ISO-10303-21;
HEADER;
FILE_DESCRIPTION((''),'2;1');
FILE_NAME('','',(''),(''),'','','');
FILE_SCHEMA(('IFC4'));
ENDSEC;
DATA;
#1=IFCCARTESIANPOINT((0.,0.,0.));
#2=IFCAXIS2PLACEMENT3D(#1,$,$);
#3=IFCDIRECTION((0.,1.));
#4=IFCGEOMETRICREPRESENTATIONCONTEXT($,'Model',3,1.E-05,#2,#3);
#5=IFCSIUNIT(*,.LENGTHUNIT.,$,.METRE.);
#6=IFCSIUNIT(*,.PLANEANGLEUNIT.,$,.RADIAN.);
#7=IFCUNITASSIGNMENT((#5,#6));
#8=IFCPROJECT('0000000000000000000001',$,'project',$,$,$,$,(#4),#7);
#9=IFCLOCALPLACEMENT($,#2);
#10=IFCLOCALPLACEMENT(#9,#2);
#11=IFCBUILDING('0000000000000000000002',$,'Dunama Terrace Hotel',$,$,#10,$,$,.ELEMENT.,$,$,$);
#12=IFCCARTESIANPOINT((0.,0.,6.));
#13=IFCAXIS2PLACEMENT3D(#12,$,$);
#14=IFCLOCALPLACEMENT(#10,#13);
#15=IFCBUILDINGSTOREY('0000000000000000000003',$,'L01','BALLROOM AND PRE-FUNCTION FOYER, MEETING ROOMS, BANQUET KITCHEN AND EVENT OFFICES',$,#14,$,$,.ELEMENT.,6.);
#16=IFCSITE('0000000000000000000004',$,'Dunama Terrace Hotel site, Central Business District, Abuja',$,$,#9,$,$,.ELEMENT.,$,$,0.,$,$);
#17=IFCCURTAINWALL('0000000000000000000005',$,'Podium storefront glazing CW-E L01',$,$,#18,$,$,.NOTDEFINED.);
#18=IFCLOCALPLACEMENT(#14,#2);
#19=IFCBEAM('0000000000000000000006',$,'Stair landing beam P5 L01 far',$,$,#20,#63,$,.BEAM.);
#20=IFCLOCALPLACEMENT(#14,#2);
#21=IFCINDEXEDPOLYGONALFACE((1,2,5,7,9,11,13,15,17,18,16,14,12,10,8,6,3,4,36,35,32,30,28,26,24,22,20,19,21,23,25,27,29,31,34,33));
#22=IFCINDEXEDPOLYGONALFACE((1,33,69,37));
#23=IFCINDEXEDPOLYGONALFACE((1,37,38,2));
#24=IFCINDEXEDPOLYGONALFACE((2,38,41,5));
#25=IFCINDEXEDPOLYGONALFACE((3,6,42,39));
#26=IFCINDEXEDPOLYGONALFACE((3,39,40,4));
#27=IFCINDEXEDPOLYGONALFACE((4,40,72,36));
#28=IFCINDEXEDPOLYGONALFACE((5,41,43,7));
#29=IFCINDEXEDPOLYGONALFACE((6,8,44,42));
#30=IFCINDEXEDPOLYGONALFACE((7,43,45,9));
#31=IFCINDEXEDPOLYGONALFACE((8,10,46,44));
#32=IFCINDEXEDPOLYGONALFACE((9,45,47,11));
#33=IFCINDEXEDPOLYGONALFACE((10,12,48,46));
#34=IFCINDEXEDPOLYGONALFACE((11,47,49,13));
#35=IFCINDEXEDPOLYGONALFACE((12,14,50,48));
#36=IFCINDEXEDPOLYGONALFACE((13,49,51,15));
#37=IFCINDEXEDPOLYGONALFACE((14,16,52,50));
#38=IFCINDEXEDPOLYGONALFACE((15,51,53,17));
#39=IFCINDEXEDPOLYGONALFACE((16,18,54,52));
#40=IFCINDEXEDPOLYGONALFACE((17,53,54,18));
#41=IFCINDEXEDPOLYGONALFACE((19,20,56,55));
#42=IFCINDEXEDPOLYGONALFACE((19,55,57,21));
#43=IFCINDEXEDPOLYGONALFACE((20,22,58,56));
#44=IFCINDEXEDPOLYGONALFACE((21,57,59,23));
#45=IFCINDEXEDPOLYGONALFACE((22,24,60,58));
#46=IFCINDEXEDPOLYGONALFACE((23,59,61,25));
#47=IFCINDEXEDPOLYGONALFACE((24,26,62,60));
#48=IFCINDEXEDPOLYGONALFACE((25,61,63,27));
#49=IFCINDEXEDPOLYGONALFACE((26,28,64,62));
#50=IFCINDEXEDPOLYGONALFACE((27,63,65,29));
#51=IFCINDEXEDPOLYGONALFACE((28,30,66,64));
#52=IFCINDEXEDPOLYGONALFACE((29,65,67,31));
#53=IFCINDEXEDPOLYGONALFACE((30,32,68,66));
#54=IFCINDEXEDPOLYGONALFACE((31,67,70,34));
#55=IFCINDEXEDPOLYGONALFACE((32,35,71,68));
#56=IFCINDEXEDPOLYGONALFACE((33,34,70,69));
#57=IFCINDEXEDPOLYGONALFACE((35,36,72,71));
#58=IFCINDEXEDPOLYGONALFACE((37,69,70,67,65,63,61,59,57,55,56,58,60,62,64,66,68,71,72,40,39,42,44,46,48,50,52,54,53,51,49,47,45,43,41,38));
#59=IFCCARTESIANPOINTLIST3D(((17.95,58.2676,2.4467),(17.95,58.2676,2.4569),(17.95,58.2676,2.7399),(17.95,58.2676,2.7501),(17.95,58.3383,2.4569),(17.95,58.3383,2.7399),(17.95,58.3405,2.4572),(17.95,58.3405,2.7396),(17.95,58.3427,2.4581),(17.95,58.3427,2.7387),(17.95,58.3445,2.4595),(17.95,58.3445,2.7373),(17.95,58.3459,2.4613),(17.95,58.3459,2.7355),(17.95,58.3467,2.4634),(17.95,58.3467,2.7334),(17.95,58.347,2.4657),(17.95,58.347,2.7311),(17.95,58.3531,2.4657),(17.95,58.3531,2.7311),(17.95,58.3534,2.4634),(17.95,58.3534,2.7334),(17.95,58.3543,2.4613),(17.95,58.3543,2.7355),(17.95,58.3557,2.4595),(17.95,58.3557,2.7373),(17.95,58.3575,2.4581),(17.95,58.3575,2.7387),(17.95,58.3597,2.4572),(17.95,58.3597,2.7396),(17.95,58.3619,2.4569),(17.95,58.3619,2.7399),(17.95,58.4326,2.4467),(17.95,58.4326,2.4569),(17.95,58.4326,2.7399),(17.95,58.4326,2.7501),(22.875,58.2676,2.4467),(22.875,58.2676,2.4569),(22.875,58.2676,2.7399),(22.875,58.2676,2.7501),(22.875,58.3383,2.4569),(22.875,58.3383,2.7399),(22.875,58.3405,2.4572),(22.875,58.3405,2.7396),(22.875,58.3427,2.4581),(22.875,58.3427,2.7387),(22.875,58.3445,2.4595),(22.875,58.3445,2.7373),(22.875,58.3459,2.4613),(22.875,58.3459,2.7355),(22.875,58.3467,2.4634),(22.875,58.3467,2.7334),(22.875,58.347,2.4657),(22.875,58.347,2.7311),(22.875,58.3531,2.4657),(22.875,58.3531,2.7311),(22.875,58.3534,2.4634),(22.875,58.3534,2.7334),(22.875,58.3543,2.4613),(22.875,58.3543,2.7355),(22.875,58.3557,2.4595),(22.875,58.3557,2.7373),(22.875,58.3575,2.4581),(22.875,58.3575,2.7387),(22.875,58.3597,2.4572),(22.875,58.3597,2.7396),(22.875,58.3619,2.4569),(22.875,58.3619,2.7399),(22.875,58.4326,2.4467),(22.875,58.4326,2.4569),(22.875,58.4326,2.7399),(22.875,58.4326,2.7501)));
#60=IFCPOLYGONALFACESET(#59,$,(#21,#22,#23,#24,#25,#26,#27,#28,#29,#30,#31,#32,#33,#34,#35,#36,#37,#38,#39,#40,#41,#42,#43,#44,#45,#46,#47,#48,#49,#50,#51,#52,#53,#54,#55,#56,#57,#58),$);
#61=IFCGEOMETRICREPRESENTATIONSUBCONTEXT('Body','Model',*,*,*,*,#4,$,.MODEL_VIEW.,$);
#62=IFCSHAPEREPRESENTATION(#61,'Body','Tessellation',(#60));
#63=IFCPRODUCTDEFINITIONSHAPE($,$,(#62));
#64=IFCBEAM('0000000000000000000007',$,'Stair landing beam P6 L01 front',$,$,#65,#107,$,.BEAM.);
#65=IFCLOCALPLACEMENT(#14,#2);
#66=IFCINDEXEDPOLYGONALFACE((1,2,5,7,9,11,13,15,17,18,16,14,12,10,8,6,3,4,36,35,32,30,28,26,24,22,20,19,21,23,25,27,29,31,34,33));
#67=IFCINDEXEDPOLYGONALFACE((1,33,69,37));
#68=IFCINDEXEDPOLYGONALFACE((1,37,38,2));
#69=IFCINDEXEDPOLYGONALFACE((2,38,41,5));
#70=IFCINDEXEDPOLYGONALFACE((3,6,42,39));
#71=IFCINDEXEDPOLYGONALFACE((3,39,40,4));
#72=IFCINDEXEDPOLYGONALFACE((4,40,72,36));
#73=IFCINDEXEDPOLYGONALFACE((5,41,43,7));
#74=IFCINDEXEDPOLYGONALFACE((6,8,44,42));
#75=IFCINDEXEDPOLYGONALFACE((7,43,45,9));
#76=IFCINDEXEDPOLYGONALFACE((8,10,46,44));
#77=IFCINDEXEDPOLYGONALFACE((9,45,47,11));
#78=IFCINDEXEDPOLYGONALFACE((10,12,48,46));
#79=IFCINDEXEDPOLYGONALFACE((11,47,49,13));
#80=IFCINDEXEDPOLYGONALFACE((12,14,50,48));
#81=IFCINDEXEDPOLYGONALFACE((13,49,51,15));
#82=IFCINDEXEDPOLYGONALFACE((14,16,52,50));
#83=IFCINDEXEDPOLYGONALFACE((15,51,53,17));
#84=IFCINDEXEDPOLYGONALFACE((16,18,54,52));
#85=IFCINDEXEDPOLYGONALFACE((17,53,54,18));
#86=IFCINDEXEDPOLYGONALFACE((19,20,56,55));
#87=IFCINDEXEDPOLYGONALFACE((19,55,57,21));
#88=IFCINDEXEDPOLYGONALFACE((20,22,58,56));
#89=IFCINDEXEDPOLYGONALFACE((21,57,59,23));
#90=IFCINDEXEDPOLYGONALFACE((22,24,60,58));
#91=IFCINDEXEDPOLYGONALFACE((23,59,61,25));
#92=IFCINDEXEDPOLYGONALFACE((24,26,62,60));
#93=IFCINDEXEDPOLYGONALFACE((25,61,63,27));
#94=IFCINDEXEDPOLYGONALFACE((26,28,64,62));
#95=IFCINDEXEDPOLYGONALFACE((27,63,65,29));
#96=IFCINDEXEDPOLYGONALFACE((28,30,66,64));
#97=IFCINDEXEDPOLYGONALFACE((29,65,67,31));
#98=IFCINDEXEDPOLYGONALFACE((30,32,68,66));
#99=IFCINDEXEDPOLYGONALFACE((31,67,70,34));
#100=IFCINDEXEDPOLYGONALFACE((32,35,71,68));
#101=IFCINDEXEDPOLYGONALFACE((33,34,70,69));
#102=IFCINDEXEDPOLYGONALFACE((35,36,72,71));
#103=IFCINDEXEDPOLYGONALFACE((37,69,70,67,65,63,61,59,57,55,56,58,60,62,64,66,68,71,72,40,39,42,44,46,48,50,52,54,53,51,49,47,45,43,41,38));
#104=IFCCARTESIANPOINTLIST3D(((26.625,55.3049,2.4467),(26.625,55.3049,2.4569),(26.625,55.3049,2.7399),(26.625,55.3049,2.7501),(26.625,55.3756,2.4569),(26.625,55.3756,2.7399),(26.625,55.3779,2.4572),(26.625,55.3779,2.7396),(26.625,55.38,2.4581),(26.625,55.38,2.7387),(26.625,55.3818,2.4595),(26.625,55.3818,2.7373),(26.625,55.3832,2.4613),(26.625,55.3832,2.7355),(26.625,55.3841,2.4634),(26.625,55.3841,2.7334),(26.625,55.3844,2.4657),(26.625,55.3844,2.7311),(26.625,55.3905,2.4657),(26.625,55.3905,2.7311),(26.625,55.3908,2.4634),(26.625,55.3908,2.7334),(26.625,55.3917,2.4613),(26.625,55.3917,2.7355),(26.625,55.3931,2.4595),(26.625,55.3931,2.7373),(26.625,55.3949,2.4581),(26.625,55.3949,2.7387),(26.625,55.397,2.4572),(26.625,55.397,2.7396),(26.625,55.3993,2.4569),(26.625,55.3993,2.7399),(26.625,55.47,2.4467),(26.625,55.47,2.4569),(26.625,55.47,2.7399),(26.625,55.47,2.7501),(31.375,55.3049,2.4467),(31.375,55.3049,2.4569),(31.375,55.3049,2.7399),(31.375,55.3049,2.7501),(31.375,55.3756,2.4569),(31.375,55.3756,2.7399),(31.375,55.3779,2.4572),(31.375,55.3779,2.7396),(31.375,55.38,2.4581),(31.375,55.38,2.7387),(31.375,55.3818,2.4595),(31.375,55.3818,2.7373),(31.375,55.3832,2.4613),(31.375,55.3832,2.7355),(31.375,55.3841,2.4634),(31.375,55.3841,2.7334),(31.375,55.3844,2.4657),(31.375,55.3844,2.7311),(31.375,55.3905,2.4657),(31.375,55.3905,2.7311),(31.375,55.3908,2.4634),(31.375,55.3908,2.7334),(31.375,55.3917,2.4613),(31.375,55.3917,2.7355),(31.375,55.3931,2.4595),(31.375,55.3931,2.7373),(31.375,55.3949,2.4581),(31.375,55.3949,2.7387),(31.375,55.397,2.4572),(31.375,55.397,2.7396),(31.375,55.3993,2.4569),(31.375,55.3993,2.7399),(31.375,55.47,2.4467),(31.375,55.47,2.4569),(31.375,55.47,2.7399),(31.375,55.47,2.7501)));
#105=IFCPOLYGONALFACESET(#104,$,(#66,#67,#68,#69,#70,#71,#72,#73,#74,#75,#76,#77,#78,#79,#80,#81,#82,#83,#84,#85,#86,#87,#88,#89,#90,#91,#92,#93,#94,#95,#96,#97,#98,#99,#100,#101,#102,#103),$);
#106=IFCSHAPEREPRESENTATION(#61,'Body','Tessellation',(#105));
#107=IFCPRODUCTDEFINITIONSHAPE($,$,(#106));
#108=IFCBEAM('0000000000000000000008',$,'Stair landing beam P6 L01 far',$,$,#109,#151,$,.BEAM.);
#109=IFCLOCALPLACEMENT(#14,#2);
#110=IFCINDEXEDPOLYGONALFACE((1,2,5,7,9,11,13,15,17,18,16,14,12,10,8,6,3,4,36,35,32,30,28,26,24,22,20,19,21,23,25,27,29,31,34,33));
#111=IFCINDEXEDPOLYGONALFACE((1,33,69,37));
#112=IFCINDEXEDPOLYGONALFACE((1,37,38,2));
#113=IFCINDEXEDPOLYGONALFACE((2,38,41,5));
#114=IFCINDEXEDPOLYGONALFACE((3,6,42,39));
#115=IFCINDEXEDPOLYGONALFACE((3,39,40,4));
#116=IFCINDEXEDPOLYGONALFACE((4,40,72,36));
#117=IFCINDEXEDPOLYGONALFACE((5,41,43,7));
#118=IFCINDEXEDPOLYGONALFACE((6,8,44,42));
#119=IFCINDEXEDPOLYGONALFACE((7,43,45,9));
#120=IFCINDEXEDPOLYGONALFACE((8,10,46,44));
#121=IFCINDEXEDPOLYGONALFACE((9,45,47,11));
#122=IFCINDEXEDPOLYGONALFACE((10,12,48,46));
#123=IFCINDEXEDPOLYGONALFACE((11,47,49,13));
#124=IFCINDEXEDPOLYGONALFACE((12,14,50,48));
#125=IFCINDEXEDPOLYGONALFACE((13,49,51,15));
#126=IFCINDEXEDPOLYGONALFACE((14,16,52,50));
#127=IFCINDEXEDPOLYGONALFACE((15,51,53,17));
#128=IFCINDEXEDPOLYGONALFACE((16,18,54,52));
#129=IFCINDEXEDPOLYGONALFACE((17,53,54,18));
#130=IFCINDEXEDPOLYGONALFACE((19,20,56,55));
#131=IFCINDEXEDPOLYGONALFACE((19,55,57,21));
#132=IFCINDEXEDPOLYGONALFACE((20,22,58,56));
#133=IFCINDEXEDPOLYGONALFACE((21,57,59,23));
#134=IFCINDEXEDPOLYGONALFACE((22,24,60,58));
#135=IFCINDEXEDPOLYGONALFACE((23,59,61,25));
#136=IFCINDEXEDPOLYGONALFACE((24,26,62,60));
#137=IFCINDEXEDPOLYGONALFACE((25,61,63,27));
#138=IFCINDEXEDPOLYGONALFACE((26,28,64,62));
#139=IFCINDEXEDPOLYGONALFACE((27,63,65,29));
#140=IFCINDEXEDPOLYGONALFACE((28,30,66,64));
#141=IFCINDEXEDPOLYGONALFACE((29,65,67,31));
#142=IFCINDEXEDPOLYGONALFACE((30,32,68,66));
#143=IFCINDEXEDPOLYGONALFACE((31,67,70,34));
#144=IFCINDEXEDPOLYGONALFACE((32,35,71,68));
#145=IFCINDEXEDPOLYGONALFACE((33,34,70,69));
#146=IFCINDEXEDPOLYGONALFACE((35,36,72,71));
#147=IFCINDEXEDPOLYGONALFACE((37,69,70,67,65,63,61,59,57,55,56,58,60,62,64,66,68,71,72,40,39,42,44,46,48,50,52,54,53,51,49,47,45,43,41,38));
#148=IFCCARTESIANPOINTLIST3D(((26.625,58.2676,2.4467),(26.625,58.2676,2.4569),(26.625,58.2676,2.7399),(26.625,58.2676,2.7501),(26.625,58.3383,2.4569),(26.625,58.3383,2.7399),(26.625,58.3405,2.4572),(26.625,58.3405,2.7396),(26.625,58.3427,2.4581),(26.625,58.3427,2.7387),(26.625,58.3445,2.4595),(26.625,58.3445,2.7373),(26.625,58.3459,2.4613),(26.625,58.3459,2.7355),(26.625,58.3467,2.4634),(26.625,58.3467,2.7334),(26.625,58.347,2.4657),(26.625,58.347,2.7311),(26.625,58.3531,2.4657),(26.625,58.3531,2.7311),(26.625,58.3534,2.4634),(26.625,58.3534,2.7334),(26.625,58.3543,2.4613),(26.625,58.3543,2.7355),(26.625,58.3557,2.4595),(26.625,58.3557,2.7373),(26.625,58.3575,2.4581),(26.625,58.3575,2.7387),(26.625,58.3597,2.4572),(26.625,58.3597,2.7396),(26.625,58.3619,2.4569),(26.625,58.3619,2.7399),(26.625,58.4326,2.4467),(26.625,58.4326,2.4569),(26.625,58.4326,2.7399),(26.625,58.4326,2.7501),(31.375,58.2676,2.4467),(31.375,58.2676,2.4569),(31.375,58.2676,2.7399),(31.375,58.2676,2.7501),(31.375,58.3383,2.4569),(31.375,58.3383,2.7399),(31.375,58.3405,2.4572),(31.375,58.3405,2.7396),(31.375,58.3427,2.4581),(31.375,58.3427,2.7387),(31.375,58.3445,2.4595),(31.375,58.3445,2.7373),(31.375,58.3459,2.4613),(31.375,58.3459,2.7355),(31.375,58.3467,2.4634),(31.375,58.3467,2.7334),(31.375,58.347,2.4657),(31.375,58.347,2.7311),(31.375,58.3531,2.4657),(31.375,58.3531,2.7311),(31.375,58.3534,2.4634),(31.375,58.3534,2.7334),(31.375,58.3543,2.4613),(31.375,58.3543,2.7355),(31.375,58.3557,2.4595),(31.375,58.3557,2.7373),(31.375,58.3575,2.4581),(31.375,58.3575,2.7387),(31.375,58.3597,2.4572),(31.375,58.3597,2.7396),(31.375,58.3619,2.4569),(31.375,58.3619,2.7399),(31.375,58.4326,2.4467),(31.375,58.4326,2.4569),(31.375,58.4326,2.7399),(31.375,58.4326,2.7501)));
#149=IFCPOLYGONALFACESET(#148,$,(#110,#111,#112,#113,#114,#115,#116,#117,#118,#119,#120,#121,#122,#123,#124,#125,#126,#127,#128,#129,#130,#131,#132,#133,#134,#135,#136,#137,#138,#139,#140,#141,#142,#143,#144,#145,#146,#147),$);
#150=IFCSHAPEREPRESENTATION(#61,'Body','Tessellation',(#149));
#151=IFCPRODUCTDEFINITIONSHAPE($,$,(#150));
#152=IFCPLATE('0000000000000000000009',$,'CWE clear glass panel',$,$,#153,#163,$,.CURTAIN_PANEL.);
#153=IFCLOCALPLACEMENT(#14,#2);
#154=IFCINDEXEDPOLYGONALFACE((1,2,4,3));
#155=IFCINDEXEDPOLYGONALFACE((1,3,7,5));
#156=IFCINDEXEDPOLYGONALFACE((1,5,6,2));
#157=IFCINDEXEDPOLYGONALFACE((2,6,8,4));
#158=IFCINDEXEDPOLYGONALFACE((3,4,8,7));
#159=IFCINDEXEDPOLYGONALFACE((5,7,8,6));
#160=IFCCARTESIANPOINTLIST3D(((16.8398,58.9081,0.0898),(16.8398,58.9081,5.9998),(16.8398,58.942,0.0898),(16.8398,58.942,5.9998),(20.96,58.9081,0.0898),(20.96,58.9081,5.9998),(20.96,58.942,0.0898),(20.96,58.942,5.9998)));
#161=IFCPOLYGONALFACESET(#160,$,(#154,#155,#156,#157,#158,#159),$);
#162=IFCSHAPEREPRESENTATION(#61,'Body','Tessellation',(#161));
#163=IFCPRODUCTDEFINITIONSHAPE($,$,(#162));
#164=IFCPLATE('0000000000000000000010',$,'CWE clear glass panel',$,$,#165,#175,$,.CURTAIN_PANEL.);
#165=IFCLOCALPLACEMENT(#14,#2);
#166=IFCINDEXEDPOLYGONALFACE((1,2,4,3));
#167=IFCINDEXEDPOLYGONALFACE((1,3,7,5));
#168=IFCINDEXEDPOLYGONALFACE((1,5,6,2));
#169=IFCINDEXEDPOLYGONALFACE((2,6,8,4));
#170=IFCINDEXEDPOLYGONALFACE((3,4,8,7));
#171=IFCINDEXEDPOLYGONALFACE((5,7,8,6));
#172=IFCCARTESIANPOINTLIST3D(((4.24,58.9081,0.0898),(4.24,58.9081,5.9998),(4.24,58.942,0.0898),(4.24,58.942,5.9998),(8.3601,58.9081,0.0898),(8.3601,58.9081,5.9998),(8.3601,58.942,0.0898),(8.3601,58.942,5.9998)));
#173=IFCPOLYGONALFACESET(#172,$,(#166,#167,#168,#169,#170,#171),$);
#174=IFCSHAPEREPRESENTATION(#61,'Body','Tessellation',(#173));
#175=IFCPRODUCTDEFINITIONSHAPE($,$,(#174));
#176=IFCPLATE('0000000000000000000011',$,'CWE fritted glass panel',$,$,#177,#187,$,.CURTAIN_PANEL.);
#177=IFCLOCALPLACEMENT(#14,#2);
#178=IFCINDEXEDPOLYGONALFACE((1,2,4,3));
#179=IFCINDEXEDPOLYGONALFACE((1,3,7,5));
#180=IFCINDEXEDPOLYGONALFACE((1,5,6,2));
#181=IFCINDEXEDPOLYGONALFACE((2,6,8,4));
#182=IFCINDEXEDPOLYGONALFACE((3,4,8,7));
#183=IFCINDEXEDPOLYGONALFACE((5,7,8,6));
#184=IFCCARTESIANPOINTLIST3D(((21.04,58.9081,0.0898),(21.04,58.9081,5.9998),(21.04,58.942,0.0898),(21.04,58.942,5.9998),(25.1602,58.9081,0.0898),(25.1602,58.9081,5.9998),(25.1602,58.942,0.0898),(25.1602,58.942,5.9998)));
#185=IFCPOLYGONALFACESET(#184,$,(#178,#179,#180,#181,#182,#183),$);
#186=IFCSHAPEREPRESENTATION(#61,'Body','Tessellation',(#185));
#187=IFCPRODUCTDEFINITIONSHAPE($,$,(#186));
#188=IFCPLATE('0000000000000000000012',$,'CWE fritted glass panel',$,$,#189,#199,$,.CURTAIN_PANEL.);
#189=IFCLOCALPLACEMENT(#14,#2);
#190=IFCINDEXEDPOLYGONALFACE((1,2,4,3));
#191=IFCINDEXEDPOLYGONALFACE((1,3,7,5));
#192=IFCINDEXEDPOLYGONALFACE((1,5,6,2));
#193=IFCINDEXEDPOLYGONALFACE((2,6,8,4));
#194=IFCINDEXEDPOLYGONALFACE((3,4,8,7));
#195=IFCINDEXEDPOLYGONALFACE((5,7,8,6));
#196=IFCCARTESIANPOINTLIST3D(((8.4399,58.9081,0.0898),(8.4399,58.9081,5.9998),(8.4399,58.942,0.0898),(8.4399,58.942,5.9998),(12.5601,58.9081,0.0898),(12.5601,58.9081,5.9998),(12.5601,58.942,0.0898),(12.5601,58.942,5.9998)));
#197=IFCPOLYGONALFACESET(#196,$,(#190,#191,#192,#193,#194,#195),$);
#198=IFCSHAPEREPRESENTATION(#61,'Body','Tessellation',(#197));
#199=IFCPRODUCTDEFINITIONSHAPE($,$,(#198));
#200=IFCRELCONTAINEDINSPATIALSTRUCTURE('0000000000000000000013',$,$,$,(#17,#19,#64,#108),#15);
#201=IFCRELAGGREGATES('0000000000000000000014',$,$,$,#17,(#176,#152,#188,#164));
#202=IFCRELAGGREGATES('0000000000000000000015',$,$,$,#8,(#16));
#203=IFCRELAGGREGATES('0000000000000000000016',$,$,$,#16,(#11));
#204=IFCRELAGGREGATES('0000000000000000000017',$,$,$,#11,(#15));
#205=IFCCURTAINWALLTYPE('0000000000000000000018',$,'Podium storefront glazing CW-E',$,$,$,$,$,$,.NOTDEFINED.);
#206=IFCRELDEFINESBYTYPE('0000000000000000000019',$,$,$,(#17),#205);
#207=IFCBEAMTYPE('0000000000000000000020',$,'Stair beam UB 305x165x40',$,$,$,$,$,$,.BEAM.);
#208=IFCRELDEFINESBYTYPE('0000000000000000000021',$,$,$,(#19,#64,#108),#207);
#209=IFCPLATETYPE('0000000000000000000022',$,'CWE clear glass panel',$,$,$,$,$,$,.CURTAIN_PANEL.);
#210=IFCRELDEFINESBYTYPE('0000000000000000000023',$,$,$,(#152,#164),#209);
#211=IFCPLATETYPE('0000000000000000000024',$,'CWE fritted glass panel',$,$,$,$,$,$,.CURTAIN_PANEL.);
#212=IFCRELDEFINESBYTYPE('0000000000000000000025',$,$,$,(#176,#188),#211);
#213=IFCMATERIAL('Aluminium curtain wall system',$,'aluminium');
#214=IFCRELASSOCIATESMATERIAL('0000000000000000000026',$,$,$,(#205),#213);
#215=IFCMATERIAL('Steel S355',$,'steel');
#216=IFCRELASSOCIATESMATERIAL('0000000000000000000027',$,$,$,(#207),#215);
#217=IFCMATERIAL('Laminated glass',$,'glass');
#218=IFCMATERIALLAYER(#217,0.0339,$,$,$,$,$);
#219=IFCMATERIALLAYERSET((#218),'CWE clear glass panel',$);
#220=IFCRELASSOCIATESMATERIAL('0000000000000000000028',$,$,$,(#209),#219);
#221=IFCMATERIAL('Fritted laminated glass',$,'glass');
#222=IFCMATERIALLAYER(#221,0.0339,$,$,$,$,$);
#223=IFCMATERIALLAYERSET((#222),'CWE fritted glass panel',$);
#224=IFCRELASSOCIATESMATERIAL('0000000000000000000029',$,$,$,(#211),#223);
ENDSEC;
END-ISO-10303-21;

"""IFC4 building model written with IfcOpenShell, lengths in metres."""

from ifc_helpers import new_model, si_unit, direction, frame, origin, origin_2d, place, context, subcontext, project, spatial, rectangle, i_section, extrude, material, layer, layer_set, material_profile, profile_set, type_object, element, aggregate, save


model = new_model("IFC4")

# Units and contexts
model_context = context("Model", 3, precision=1e-05, world=origin(), true_north=direction((0.0, 1.0)))
body_context = subcontext(model_context, "Body", "Model", "MODEL_VIEW")
ifc_project = project(units=[si_unit("LENGTHUNIT", "METRE"), si_unit("PLANEANGLEUNIT", "RADIAN")], contexts=[model_context])

# Site, building, storey
site_placement = place(None, origin())
site = spatial("IfcSite", under=ifc_project, at=site_placement, Name="Dunama Terrace Hotel site, Central Business District, Abuja", CompositionType="ELEMENT", RefElevation=0.0)
building_placement = place(site_placement, origin())
building = spatial("IfcBuilding", under=site, at=building_placement, Name="Dunama Terrace Hotel", CompositionType="ELEMENT")
storey_placement = place(building_placement, frame((0.0, 0.0, 6.0)))
storey = spatial("IfcBuildingStorey", under=building, at=storey_placement, Name="L01", Description="BALLROOM AND PRE-FUNCTION FOYER, MEETING ROOMS, BANQUET KITCHEN AND EVENT OFFICES", CompositionType="ELEMENT", Elevation=6.0)

# Curtain wall
ifc_material_1 = material(Name="Aluminium curtain wall system", Category="aluminium")
curtain_wall_type = type_object("IfcCurtainWallType", Name="Podium storefront glazing CW-E", PredefinedType="NOTDEFINED", material=ifc_material_1)
curtain_wall_placement = place(storey_placement, origin())
curtain_wall = element("IfcCurtainWall", 1, at=curtain_wall_placement, inside=storey, type_object=curtain_wall_type, Name="Podium storefront glazing CW-E L01", PredefinedType="NOTDEFINED")

# Beams
ifc_material_2 = material(Name="Steel S355", Category="steel")
ifc_material_profile_1 = material_profile(ifc_material_2, i_section(OverallWidth=0.165, OverallDepth=0.3035, WebThickness=0.0061, FlangeThickness=0.0103, FilletRadius=0.0088, at=origin_2d()), Name="UB 305x165x40")
ifc_profile_set_1 = profile_set([ifc_material_profile_1], Name="Steel S355")
beam_type = type_object("IfcBeamType", Name="Stair beam UB 305x165x40", PredefinedType="BEAM", material=ifc_profile_set_1)
beam_1_placement = place(storey_placement, frame((17.95, 58.3501, 2.5984), z_axis=(1.0, 0.0, 0.0), x_axis=(0.0, 1.0, 0.0)))
element("IfcBeam", 2, at=beam_1_placement, inside=storey, type_object=beam_type, Name="Stair landing beam P5 L01 far", PredefinedType="BEAM", context=body_context, shape_type="SweptSolid", body=[
    extrude(i_section(OverallWidth=0.165, OverallDepth=0.3035, WebThickness=0.0061, FlangeThickness=0.0103, FilletRadius=0.0088, at=origin_2d()), origin(), (0.0, 0.0, 1.0), 4.925),
])
for number, where, z_axis, x_axis, name in (
    (3, (26.625, 55.3875, 2.5984), (1.0, 0.0, 0.0), (0.0, 1.0, 0.0), "Stair landing beam P6 L01 front"),
    (4, (26.625, 58.3501, 2.5984), (1.0, 0.0, 0.0), (0.0, 1.0, 0.0), "Stair landing beam P6 L01 far"),
):
    element("IfcBeam", number, at=place(storey_placement, frame(where, z_axis=z_axis, x_axis=x_axis)), inside=storey, type_object=beam_type, Name=name, PredefinedType="BEAM", context=body_context, shape_type="SweptSolid", body=[
        extrude(i_section(OverallWidth=0.165, OverallDepth=0.3035, WebThickness=0.0061, FlangeThickness=0.0103, FilletRadius=0.0088, at=origin_2d()), origin(), (0.0, 0.0, 1.0), 4.75),
    ])

# Plates
ifc_material_3 = material(Name="Laminated glass", Category="glass")
ifc_layer_1 = layer(ifc_material_3, 0.0339)
ifc_layer_set_1 = layer_set([ifc_layer_1], Name="CWE clear glass panel")
plate_type_1 = type_object("IfcPlateType", Name="CWE clear glass panel", PredefinedType="CURTAIN_PANEL", material=ifc_layer_set_1)
plate_1_placement = place(storey_placement, frame((18.8999, 58.925, 0.0898), z_axis=(0.0, 0.0, 1.0), x_axis=(-1.0, 0.0, 0.0)))
plate_1 = element("IfcPlate", 5, at=plate_1_placement, type_object=plate_type_1, Name="CWE clear glass panel", PredefinedType="CURTAIN_PANEL", context=body_context, shape_type="SweptSolid", body=[
    extrude(rectangle(XDim=4.1201, YDim=0.0339, at=origin_2d()), origin(), (0.0, 0.0, 1.0), 5.9099),
])
plate_2_placement = place(storey_placement, frame((6.3, 58.925, 0.0898), z_axis=(0.0, 0.0, 1.0), x_axis=(-1.0, 0.0, 0.0)))
plate_2 = element("IfcPlate", 6, at=plate_2_placement, type_object=plate_type_1, Name="CWE clear glass panel", PredefinedType="CURTAIN_PANEL", context=body_context, shape_type="SweptSolid", body=[
    extrude(rectangle(XDim=4.1201, YDim=0.0339, at=origin_2d()), origin(), (0.0, 0.0, 1.0), 5.9099),
])
ifc_material_4 = material(Name="Fritted laminated glass", Category="glass")
ifc_layer_2 = layer(ifc_material_4, 0.0339)
ifc_layer_set_2 = layer_set([ifc_layer_2], Name="CWE fritted glass panel")
plate_type_2 = type_object("IfcPlateType", Name="CWE fritted glass panel", PredefinedType="CURTAIN_PANEL", material=ifc_layer_set_2)
plate_3_placement = place(storey_placement, frame((23.1001, 58.925, 0.0898), z_axis=(0.0, 0.0, 1.0), x_axis=(-1.0, 0.0, 0.0)))
plate_3 = element("IfcPlate", 7, at=plate_3_placement, type_object=plate_type_2, Name="CWE fritted glass panel", PredefinedType="CURTAIN_PANEL", context=body_context, shape_type="SweptSolid", body=[
    extrude(rectangle(XDim=4.1201, YDim=0.0339, at=origin_2d()), origin(), (0.0, 0.0, 1.0), 5.9099),
])
plate_4_placement = place(storey_placement, frame((10.5, 58.925, 0.0898), z_axis=(0.0, 0.0, 1.0), x_axis=(-1.0, 0.0, 0.0)))
plate_4 = element("IfcPlate", 8, at=plate_4_placement, type_object=plate_type_2, Name="CWE fritted glass panel", PredefinedType="CURTAIN_PANEL", context=body_context, shape_type="SweptSolid", body=[
    extrude(rectangle(XDim=4.1201, YDim=0.0339, at=origin_2d()), origin(), (0.0, 0.0, 1.0), 5.9099),
])
aggregate(curtain_wall, [plate_3, plate_1, plate_4, plate_2])

save(model, "model.ifc")
